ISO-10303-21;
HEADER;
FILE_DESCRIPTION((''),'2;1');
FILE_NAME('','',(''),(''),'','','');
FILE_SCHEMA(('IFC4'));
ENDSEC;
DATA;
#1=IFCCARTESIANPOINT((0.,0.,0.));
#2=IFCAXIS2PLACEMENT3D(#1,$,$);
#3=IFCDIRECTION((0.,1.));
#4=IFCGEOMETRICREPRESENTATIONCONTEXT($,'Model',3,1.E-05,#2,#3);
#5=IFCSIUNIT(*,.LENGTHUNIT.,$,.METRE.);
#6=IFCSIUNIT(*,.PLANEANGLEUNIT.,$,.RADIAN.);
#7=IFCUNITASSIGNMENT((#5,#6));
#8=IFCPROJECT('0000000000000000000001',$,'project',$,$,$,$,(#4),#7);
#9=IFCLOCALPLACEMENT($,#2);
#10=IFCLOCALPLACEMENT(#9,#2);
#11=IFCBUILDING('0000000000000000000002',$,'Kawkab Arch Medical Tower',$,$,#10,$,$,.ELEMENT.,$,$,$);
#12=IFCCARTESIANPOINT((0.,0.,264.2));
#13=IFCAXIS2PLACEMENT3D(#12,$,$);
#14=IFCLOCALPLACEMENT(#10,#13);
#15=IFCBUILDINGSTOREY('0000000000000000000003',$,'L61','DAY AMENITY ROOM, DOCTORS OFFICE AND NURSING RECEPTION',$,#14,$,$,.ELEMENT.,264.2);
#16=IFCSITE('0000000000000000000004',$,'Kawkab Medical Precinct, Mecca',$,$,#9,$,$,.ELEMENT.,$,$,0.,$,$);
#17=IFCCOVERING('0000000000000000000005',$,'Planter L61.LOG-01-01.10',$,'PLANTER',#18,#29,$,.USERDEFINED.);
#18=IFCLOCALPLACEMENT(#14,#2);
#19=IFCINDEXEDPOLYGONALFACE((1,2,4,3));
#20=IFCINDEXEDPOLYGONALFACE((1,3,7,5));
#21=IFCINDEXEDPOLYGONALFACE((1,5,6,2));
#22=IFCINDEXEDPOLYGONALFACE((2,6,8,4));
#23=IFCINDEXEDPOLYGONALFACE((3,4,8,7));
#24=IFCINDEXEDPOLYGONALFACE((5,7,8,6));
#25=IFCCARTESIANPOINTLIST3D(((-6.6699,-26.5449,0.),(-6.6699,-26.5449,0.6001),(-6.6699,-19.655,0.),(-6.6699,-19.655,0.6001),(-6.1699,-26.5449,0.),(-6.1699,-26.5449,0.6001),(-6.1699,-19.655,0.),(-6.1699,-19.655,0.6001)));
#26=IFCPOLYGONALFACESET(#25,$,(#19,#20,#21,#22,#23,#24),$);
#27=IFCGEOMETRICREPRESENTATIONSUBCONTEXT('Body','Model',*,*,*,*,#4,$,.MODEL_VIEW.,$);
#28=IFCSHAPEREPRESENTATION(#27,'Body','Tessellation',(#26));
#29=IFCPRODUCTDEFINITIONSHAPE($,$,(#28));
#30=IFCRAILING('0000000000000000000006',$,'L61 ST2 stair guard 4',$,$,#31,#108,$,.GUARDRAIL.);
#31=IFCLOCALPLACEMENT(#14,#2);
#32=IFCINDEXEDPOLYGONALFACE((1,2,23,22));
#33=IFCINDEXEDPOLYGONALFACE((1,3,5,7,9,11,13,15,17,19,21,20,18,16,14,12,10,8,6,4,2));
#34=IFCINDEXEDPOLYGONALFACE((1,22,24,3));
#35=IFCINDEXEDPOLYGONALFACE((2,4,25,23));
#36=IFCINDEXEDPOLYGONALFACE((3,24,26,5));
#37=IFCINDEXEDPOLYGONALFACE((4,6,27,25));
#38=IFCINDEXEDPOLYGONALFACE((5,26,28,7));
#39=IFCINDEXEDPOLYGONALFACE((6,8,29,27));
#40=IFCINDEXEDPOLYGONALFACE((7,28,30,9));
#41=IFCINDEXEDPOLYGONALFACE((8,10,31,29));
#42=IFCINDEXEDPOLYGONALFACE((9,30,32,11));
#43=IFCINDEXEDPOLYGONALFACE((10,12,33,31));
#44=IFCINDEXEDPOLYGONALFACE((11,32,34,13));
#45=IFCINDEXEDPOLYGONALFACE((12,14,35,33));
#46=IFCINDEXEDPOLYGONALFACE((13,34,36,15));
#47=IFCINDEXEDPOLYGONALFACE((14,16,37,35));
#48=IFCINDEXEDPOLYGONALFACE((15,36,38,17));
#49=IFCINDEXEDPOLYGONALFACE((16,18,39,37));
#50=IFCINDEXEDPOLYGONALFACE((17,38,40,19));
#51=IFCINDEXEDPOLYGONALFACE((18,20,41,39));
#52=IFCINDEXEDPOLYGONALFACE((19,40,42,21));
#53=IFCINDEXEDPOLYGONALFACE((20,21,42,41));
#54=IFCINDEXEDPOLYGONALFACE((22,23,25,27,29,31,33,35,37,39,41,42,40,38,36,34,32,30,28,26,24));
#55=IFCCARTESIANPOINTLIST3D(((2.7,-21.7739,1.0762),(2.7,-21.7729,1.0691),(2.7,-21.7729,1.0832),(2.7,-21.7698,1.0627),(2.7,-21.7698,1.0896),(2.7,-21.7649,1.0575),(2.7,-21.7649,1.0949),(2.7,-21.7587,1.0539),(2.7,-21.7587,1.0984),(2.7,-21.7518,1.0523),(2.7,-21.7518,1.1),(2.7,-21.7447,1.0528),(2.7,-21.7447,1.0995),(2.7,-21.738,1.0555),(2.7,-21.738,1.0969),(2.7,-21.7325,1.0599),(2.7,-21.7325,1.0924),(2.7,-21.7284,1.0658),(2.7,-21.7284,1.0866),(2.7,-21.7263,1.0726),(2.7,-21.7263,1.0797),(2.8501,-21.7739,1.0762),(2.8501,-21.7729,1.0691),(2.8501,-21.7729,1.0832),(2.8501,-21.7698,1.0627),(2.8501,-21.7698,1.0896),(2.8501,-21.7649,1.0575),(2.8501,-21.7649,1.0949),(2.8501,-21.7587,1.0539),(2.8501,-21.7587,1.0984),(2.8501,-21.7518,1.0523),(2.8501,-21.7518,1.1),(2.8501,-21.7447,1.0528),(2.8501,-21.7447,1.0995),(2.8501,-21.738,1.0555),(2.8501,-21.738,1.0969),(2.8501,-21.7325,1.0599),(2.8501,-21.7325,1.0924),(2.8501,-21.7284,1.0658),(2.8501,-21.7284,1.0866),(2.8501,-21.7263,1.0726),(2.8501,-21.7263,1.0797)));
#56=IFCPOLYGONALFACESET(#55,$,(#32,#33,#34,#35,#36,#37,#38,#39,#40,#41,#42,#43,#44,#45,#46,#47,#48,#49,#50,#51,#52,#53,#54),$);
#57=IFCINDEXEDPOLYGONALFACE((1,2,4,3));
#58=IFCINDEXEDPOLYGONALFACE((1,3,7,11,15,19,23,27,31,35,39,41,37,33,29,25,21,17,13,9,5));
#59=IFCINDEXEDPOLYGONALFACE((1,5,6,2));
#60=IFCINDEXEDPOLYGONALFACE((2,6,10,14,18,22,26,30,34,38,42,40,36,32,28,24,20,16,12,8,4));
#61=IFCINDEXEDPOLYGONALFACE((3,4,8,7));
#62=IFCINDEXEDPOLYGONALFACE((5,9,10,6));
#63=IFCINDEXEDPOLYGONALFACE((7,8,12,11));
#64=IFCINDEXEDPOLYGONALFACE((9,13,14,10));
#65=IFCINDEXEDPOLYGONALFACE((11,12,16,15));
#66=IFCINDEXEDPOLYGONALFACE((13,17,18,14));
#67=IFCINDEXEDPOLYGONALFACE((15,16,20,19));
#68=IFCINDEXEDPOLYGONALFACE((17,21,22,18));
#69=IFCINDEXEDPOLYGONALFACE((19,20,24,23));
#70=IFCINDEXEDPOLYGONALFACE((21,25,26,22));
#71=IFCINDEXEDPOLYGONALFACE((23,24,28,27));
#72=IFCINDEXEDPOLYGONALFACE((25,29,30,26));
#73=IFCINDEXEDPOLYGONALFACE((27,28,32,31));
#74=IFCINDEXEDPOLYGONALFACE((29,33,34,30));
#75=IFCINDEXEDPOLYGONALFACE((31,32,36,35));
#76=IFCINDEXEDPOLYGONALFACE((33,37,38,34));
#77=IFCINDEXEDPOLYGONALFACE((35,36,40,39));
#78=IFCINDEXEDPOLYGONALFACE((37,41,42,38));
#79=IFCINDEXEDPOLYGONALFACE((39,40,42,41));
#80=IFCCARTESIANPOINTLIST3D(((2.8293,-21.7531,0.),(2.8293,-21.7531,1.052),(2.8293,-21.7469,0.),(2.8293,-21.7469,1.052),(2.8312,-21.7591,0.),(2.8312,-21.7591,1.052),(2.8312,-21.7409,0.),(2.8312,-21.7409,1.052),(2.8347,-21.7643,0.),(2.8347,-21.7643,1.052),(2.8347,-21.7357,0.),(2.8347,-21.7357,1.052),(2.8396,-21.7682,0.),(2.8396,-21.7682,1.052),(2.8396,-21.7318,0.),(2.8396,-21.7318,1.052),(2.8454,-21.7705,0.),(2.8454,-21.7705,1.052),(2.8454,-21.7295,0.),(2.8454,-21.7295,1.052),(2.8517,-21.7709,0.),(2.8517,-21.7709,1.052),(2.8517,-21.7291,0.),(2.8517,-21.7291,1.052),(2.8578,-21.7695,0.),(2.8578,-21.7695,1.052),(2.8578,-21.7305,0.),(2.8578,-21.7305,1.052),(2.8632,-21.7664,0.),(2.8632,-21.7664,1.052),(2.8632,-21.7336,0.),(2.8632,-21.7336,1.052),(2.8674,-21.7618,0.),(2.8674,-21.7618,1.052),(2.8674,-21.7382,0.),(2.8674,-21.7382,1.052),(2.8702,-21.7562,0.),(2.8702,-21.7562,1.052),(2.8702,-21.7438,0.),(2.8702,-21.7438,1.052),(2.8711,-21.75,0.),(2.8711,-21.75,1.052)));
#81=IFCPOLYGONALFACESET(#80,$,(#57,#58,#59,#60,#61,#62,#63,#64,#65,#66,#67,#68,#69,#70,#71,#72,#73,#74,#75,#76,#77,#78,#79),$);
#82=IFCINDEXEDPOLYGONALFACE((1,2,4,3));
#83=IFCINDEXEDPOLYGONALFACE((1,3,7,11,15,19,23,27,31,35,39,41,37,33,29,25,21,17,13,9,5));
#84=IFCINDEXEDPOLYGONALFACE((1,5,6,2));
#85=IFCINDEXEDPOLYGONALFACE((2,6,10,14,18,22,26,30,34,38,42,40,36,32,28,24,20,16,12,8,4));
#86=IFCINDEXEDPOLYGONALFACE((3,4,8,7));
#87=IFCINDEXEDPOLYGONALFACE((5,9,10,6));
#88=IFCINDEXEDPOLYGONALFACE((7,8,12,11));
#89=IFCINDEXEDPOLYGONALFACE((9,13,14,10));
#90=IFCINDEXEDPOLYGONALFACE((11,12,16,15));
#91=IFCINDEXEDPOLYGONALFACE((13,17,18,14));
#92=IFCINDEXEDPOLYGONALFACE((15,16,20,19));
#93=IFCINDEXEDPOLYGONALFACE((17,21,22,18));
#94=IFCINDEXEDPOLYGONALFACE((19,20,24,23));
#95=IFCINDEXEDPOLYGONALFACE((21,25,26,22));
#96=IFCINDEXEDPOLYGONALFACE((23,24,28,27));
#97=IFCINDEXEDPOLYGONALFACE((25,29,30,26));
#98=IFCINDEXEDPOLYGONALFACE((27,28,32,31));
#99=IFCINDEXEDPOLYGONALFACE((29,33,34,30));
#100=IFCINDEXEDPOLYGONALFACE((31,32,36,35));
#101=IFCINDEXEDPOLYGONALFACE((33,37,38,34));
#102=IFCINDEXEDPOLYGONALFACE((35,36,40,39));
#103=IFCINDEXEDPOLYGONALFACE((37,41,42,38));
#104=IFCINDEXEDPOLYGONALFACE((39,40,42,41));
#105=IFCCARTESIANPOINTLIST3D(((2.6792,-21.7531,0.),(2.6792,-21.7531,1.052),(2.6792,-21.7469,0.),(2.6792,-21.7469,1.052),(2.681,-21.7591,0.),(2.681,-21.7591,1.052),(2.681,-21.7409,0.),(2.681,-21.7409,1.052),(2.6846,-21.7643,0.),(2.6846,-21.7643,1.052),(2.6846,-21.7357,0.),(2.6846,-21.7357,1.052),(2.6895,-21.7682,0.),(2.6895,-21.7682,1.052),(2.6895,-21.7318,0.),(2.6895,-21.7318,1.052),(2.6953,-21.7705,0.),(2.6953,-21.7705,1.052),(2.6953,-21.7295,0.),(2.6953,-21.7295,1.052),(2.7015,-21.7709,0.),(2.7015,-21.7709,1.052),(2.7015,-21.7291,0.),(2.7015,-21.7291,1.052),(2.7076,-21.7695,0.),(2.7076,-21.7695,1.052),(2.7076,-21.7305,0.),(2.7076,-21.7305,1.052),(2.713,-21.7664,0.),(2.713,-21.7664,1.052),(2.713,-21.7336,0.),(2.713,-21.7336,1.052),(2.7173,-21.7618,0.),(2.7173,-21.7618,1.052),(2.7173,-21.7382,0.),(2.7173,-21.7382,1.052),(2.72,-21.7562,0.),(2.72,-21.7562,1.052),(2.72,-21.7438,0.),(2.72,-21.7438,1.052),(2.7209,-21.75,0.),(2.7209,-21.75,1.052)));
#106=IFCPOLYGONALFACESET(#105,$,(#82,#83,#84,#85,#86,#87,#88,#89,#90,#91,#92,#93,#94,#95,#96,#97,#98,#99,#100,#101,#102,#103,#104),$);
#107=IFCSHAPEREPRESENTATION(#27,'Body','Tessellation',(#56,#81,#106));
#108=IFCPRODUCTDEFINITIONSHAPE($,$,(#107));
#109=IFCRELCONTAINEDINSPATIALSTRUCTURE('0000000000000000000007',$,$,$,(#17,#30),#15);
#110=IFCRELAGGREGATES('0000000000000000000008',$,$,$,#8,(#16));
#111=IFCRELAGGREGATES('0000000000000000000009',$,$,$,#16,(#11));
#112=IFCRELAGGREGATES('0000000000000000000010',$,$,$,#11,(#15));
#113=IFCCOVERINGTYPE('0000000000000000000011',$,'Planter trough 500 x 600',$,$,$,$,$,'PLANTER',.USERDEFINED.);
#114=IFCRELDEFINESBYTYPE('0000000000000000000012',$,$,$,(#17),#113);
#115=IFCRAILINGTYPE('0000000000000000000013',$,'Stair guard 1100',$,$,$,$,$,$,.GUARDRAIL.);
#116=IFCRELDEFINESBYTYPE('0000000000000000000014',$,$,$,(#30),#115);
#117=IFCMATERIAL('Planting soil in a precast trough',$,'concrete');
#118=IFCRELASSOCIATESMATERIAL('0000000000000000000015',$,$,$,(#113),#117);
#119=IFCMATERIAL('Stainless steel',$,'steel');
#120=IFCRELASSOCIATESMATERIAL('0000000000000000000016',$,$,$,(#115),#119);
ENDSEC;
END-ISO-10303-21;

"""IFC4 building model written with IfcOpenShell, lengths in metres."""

from ifc_helpers import new_model, si_unit, direction, frame, origin, origin_2d, place, context, subcontext, project, spatial, rectangle, circle, extrude, material, material_profile, profile_set, type_object, element, save


model = new_model("IFC4")

# Units and contexts
model_context = context("Model", 3, precision=1e-05, world=origin(), true_north=direction((0.0, 1.0)))
body_context = subcontext(model_context, "Body", "Model", "MODEL_VIEW")
ifc_project = project(units=[si_unit("LENGTHUNIT", "METRE"), si_unit("PLANEANGLEUNIT", "RADIAN")], contexts=[model_context])

# Site, building, storey
site_placement = place(None, origin())
site = spatial("IfcSite", under=ifc_project, at=site_placement, Name="Kawkab Medical Precinct, Mecca", CompositionType="ELEMENT", RefElevation=0.0)
building_placement = place(site_placement, origin())
building = spatial("IfcBuilding", under=site, at=building_placement, Name="Kawkab Arch Medical Tower", CompositionType="ELEMENT")
storey_placement = place(building_placement, frame((0.0, 0.0, 264.2)))
storey = spatial("IfcBuildingStorey", under=building, at=storey_placement, Name="L61", Description="DAY AMENITY ROOM, DOCTORS OFFICE AND NURSING RECEPTION", CompositionType="ELEMENT", Elevation=264.2)

# Covering
ifc_material_1 = material(Name="Planting soil in a precast trough", Category="concrete")
ifc_material_profile_1 = material_profile(ifc_material_1, rectangle(XDim=0.5, YDim=0.6001, at=origin_2d()), Name="Trough 500x600")
ifc_profile_set_1 = profile_set([ifc_material_profile_1], Name="Planting soil in a precast trough")
covering_type_1 = type_object("IfcCoveringType", Name="Planter trough 500 x 600", ElementType="PLANTER", PredefinedType="USERDEFINED", material=ifc_profile_set_1)
covering_1_placement = place(storey_placement, frame((-6.4199, -26.5449, 0.3), z_axis=(0.0, 1.0, 0.0), x_axis=(-1.0, 0.0, 0.0)))
element("IfcCovering", 1, at=covering_1_placement, inside=storey, type_object=covering_type_1, Name="Planter L61.LOG-01-01.10", ObjectType="PLANTER", PredefinedType="USERDEFINED", context=body_context, shape_type="SweptSolid", body=[
    extrude(rectangle(XDim=0.5, YDim=0.6001, at=origin_2d()), origin(), (0.0, 0.0, 1.0), 6.8899),
])

# Railing
ifc_material_2 = material(Name="Stainless steel", Category="steel")
railing_type_1 = type_object("IfcRailingType", Name="Stair guard 1100", PredefinedType="GUARDRAIL", material=ifc_material_2)
railing_1_placement = place(storey_placement, frame((2.8501, -21.75, 0.0)))
element("IfcRailing", 2, at=railing_1_placement, inside=storey, type_object=railing_type_1, Name="L61 ST2 stair guard 4", PredefinedType="GUARDRAIL", context=body_context, shape_type="SweptSolid", body=[
    extrude(circle(Radius=0.0239, at=origin_2d()), frame((0.0, 0.0, 1.0762), z_axis=(-1.0, 0.0, 0.0), x_axis=(0.0, -1.0, 0.0)), (0.0, 0.0, 1.0), 0.1501),
    extrude(circle(Radius=0.021, at=origin_2d()), origin(), (0.0, 0.0, 1.0), 1.052),
    extrude(circle(Radius=0.021, at=origin_2d()), frame((-0.1501, 0.0, 0.0)), (0.0, 0.0, 1.0), 1.052),
])

save(model, "model.ifc")
